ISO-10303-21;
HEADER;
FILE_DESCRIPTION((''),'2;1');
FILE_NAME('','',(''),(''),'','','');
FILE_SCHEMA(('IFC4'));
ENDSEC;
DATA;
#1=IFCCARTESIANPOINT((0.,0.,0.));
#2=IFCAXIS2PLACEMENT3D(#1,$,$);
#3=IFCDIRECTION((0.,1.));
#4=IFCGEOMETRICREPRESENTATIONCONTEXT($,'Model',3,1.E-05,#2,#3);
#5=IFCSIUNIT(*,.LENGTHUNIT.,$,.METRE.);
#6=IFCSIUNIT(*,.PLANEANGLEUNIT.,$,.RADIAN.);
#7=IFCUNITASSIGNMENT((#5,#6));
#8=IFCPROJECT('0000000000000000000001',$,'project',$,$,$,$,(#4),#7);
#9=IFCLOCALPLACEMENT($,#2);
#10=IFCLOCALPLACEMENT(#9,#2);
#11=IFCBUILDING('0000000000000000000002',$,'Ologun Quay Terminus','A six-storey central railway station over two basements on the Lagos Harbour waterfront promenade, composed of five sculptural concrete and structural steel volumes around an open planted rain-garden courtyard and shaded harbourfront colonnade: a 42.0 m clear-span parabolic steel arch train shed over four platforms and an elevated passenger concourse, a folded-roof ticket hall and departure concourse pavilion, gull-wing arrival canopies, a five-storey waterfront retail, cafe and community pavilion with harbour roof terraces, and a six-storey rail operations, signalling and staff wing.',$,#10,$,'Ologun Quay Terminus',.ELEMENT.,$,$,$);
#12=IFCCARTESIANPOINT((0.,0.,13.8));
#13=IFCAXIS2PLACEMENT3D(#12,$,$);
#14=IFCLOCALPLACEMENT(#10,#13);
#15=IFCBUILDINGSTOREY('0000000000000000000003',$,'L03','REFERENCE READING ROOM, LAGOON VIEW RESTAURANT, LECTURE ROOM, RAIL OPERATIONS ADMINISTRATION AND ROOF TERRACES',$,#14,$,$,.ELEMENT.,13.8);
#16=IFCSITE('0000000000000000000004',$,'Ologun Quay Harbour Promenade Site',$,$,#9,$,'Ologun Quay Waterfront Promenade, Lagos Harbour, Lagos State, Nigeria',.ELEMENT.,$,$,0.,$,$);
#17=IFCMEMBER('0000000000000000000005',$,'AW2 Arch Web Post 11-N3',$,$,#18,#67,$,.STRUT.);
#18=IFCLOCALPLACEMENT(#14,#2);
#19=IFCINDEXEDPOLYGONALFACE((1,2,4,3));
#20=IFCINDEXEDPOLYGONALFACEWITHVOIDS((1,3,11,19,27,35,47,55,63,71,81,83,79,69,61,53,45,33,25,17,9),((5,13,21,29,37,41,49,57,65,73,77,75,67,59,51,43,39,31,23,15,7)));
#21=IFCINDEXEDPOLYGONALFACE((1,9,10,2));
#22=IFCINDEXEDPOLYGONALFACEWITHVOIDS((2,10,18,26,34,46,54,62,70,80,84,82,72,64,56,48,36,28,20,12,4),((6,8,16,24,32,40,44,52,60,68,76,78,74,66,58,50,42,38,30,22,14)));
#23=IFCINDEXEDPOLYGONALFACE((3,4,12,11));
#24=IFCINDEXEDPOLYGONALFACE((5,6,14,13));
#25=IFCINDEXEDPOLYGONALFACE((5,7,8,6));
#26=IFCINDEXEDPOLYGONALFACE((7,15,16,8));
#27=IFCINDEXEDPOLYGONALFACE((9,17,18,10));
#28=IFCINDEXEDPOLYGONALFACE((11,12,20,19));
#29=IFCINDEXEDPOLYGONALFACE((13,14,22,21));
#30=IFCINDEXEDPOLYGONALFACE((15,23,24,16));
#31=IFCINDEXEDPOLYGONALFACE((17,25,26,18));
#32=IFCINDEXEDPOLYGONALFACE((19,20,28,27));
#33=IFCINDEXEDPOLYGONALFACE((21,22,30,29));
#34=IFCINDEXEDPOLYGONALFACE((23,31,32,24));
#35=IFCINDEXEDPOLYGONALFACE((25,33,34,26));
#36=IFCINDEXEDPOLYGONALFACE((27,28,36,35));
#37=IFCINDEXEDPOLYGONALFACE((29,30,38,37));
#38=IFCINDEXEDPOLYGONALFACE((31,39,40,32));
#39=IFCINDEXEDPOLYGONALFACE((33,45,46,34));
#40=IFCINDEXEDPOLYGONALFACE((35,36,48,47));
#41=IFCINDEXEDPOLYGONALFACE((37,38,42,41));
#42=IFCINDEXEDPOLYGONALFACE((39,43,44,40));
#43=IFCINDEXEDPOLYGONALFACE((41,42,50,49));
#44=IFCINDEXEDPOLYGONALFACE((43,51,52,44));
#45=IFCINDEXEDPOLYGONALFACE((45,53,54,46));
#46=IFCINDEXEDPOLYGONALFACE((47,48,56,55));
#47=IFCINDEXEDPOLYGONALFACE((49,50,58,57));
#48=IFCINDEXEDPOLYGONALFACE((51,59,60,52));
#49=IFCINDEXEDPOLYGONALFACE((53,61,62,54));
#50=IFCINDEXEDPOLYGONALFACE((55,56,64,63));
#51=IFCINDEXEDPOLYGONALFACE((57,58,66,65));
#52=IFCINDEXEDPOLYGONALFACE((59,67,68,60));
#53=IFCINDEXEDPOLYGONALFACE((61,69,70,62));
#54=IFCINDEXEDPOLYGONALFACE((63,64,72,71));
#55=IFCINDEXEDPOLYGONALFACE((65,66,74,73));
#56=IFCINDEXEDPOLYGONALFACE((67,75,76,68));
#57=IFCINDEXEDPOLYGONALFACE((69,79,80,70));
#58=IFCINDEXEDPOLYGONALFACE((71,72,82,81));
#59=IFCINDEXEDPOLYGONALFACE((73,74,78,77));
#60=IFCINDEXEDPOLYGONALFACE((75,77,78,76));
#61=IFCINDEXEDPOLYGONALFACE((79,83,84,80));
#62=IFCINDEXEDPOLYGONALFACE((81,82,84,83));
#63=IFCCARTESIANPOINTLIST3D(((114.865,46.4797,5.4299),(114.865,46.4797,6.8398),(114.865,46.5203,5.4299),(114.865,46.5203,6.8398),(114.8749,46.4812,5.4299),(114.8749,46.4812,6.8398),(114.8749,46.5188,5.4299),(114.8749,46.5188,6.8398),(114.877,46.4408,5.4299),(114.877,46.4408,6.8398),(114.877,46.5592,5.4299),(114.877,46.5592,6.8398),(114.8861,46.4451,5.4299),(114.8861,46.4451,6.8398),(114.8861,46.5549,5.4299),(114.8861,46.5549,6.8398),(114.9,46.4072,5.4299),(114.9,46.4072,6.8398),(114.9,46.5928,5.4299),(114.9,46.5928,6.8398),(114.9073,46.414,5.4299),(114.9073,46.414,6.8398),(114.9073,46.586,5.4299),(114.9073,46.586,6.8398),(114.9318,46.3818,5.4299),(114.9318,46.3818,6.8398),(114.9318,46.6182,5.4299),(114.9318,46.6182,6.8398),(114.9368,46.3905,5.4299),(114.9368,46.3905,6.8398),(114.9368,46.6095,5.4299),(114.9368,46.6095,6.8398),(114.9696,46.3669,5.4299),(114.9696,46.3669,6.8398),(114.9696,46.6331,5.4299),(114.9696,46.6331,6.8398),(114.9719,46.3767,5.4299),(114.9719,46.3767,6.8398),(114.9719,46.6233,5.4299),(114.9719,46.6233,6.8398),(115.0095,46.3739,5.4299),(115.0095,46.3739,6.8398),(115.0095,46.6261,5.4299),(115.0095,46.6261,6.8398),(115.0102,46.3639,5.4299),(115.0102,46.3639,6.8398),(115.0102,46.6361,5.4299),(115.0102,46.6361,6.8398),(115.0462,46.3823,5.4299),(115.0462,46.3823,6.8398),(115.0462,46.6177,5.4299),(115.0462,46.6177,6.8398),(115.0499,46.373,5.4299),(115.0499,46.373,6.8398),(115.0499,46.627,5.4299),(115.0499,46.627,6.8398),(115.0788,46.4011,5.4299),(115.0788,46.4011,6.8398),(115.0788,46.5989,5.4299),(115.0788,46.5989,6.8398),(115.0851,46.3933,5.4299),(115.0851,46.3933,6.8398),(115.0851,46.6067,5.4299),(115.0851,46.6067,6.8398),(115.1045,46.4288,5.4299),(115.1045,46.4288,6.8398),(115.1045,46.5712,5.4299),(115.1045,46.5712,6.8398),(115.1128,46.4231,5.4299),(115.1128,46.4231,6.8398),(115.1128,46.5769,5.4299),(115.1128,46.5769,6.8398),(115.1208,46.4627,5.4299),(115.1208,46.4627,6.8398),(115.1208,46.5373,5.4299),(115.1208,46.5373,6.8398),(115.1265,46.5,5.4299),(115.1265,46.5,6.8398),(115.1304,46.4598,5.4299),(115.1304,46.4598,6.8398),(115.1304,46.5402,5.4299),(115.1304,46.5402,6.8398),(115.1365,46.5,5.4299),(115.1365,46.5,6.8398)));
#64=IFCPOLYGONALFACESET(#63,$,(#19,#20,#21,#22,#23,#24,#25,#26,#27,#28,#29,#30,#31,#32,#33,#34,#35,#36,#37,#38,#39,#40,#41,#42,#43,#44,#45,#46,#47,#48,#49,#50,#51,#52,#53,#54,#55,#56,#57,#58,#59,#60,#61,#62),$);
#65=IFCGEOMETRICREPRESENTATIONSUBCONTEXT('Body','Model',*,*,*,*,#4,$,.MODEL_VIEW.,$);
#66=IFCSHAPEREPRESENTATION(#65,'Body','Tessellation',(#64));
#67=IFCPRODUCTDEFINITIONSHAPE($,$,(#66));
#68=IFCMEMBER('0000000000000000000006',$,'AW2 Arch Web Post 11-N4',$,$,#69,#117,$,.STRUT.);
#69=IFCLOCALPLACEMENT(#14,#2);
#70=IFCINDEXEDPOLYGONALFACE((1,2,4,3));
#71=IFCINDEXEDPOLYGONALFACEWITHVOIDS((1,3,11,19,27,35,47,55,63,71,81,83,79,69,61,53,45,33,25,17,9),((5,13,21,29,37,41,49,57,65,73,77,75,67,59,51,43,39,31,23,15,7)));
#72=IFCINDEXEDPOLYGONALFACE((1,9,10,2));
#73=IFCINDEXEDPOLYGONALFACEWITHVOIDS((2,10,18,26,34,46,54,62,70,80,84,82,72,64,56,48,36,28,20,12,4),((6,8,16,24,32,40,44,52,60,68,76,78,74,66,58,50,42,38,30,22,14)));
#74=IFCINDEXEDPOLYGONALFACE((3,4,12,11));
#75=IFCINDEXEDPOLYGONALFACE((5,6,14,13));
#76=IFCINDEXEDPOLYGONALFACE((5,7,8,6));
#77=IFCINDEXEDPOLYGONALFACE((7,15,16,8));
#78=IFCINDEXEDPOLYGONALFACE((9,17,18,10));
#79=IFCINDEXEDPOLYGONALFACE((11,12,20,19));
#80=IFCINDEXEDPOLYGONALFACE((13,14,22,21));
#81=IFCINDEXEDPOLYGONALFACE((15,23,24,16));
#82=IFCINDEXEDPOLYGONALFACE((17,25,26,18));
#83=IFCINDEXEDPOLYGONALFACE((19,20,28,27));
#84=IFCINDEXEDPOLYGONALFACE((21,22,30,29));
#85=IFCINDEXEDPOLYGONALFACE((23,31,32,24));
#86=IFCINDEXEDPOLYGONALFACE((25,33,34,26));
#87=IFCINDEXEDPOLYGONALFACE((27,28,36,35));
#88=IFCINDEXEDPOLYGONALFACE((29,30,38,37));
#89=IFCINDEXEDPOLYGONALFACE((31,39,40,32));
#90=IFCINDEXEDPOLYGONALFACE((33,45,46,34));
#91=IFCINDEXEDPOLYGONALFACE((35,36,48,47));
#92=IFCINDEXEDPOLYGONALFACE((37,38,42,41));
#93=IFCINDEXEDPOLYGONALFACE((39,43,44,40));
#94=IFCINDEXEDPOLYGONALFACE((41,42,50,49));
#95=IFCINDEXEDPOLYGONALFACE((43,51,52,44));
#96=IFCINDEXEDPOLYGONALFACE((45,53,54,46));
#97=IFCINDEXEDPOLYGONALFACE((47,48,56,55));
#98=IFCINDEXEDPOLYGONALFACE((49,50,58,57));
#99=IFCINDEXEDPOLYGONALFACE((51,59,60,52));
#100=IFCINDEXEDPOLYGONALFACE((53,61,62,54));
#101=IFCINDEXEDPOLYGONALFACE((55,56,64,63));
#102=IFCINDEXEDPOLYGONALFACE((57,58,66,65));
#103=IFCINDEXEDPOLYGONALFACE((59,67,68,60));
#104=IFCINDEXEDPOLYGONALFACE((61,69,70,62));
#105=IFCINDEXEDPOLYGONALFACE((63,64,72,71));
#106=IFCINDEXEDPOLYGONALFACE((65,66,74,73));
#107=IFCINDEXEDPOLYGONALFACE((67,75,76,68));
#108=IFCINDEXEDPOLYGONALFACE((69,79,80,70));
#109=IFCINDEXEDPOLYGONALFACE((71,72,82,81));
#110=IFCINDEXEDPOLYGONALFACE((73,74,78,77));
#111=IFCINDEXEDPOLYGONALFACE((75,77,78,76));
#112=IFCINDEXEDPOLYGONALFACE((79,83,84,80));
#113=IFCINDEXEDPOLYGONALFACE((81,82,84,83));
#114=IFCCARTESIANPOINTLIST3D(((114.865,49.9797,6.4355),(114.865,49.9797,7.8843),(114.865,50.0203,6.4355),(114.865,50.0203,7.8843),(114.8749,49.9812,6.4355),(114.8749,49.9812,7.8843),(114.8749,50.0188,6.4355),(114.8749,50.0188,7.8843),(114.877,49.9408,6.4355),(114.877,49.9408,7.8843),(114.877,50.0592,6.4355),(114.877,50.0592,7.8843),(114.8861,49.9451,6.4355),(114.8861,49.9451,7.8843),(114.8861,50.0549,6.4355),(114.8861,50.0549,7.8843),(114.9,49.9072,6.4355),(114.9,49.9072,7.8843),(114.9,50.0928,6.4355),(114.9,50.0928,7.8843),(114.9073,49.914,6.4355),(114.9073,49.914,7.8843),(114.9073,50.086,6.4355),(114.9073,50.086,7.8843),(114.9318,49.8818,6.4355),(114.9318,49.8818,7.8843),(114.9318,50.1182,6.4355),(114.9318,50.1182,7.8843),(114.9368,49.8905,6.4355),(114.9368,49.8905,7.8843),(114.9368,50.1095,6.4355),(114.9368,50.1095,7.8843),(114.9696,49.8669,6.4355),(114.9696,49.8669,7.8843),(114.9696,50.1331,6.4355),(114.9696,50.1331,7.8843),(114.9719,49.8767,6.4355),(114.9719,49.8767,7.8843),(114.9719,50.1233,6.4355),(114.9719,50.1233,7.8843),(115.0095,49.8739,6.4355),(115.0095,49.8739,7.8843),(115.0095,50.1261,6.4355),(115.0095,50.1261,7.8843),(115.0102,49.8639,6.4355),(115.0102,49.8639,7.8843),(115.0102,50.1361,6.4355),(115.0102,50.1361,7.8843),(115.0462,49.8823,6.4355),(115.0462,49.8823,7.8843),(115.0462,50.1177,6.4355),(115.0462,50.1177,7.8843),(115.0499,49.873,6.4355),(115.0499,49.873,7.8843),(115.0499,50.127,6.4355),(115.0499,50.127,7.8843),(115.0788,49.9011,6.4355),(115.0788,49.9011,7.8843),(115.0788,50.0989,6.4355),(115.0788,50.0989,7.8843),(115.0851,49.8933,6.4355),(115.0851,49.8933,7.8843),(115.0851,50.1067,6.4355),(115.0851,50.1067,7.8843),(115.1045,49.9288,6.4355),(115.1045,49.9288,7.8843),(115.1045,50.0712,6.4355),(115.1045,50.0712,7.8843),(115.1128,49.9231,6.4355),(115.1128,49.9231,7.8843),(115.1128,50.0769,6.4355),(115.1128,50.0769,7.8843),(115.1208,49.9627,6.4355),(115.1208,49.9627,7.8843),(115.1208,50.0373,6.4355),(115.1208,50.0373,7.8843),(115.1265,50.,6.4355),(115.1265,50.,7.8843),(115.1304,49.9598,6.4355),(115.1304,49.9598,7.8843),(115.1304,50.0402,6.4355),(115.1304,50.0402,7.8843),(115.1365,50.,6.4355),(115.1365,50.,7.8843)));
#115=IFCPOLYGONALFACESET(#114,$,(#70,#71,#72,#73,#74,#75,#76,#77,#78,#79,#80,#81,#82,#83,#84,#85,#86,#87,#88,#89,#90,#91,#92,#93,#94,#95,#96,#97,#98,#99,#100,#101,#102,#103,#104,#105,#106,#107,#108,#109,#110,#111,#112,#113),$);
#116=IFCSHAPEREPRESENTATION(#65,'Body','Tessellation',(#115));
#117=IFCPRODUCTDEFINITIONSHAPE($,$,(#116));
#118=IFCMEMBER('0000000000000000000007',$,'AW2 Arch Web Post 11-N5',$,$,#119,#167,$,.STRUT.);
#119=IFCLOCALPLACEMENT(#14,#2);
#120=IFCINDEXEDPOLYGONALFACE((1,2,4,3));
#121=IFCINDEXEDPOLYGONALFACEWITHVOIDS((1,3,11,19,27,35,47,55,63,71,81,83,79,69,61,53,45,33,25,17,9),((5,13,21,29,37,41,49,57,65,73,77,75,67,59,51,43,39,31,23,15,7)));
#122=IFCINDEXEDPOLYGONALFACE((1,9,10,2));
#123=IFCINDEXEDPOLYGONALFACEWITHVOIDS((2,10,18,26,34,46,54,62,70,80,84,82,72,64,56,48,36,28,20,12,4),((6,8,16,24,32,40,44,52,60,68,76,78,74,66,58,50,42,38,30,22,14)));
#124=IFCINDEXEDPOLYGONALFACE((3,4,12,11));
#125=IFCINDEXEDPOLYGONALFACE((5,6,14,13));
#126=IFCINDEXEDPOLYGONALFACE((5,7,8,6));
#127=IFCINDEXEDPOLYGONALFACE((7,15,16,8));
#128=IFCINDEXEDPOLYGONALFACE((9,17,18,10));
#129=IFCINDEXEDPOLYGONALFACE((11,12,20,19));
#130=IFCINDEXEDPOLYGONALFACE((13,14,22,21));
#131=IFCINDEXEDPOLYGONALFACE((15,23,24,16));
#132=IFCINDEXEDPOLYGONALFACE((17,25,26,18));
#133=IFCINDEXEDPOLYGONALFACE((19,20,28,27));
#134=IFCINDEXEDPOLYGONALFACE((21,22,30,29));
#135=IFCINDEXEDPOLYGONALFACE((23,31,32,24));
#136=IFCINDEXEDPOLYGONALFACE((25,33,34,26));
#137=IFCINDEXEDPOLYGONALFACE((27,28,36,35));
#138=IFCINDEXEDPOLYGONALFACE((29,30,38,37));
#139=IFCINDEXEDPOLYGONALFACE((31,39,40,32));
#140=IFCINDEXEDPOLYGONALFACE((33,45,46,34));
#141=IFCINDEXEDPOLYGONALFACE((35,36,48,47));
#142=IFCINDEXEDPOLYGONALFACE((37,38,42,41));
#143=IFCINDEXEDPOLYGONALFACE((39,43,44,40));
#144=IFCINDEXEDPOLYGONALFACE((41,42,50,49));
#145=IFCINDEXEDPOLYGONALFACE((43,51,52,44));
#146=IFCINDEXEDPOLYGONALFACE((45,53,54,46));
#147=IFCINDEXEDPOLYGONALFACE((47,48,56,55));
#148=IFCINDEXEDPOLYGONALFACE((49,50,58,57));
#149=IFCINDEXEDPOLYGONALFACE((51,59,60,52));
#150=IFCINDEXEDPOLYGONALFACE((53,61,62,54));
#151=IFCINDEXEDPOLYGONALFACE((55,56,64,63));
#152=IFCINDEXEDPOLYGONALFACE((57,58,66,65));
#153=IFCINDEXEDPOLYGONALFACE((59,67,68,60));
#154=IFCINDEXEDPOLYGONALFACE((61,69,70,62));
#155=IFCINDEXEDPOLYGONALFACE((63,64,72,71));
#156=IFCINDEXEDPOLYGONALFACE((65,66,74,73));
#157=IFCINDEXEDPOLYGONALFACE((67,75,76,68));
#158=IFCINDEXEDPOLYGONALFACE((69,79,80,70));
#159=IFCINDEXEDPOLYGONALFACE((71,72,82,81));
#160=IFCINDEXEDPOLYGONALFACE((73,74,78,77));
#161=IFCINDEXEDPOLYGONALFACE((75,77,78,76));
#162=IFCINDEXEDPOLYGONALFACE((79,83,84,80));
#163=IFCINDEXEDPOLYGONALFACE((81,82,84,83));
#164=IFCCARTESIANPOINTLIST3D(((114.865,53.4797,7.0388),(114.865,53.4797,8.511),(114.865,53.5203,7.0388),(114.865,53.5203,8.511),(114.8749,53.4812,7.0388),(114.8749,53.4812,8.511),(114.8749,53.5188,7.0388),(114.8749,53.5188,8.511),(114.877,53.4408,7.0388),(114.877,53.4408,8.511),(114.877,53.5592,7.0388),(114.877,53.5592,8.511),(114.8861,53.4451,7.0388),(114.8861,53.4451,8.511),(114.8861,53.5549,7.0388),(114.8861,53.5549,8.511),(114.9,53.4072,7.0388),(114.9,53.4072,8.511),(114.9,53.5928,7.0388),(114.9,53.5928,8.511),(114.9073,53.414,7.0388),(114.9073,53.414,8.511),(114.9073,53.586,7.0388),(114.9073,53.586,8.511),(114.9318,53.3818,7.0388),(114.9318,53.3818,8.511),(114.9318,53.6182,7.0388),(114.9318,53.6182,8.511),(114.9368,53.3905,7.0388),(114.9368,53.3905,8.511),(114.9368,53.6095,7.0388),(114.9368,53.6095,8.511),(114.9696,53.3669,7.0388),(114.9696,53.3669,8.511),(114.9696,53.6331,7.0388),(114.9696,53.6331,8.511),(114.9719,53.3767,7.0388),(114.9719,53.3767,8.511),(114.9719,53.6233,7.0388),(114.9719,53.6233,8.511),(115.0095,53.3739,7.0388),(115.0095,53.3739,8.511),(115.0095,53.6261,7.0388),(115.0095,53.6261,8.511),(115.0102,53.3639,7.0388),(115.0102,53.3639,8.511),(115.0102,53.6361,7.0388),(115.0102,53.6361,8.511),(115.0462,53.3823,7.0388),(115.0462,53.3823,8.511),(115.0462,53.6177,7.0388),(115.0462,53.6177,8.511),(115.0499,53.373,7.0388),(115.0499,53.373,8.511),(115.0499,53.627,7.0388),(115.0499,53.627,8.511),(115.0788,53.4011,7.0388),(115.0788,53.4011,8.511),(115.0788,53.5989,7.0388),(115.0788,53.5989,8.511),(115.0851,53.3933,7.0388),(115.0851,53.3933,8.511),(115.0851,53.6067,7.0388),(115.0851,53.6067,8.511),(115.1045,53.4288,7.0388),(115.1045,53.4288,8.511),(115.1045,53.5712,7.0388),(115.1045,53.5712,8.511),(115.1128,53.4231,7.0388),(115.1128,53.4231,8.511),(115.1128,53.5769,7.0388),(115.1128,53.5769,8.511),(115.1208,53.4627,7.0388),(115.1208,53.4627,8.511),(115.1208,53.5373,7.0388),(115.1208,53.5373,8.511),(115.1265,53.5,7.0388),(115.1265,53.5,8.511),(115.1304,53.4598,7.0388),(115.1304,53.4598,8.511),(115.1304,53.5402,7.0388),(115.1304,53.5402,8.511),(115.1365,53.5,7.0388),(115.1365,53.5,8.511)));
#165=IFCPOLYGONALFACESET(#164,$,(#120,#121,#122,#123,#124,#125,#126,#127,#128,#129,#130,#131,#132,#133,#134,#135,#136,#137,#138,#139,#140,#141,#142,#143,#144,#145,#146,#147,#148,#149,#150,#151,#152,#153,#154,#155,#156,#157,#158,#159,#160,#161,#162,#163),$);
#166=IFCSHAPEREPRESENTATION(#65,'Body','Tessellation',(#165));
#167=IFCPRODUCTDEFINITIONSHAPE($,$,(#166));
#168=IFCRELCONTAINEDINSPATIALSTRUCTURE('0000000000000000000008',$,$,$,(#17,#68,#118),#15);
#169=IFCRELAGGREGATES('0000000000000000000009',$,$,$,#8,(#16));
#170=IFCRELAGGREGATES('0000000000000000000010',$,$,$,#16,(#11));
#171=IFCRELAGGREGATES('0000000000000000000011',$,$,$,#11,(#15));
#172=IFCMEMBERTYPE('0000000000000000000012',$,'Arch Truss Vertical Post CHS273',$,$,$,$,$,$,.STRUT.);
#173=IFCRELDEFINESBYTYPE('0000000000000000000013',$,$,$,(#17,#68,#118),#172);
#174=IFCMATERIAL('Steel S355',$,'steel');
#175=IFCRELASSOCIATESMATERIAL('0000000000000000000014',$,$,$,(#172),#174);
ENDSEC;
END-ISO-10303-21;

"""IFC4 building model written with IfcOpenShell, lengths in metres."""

from ifc_helpers import new_model, si_unit, direction, frame, origin, origin_2d, place, context, subcontext, project, spatial, hollow_circle, extrude, material, material_profile, profile_set, type_object, element, save


model = new_model("IFC4")

# Units and contexts
model_context = context("Model", 3, precision=1e-05, world=origin(), true_north=direction((0.0, 1.0)))
body_context = subcontext(model_context, "Body", "Model", "MODEL_VIEW")
ifc_project = project(units=[si_unit("LENGTHUNIT", "METRE"), si_unit("PLANEANGLEUNIT", "RADIAN")], contexts=[model_context])

# Site, building, storey
site_placement = place(None, origin())
site = spatial("IfcSite", under=ifc_project, at=site_placement, Name="Ologun Quay Harbour Promenade Site", LongName="Ologun Quay Waterfront Promenade, Lagos Harbour, Lagos State, Nigeria", CompositionType="ELEMENT", RefElevation=0.0)
building_placement = place(site_placement, origin())
building = spatial("IfcBuilding", under=site, at=building_placement, Name="Ologun Quay Terminus", Description="A six-storey central railway station over two basements on the Lagos Harbour waterfront promenade, composed of five sculptural concrete and structural steel volumes around an open planted rain-garden courtyard and shaded harbourfront colonnade: a 42.0 m clear-span parabolic steel arch train shed over four platforms and an elevated passenger concourse, a folded-roof ticket hall and departure concourse pavilion, gull-wing arrival canopies, a five-storey waterfront retail, cafe and community pavilion with harbour roof terraces, and a six-storey rail operations, signalling and staff wing.", LongName="Ologun Quay Terminus", CompositionType="ELEMENT")
storey_placement = place(building_placement, frame((0.0, 0.0, 13.8)))
storey = spatial("IfcBuildingStorey", under=building, at=storey_placement, Name="L03", Description="REFERENCE READING ROOM, LAGOON VIEW RESTAURANT, LECTURE ROOM, RAIL OPERATIONS ADMINISTRATION AND ROOF TERRACES", CompositionType="ELEMENT", Elevation=13.8)

# Members
ifc_material_1 = material(Name="Steel S355", Category="steel")
ifc_material_profile_1 = material_profile(ifc_material_1, hollow_circle(Radius=0.1365, WallThickness=0.01, at=origin_2d()), Name="CHS 273x10")
ifc_profile_set_1 = profile_set([ifc_material_profile_1], Name="Steel S355")
member_type_1 = type_object("IfcMemberType", Name="Arch Truss Vertical Post CHS273", PredefinedType="STRUT", material=ifc_profile_set_1)
member_1_placement = place(storey_placement, frame((115.0, 46.5, 5.4299), z_axis=(0.0, 0.0, 1.0), x_axis=(1.0, 0.0, 0.0)))
element("IfcMember", 1, at=member_1_placement, inside=storey, type_object=member_type_1, Name="AW2 Arch Web Post 11-N3", PredefinedType="STRUT", context=body_context, shape_type="SweptSolid", body=[
    extrude(hollow_circle(Radius=0.1365, WallThickness=0.01, at=origin_2d()), origin(), (0.0, 0.0, 1.0), 1.4099),
])
member_2_placement = place(storey_placement, frame((115.0, 50.0, 6.4355), z_axis=(0.0, 0.0, 1.0), x_axis=(1.0, 0.0, 0.0)))
element("IfcMember", 2, at=member_2_placement, inside=storey, type_object=member_type_1, Name="AW2 Arch Web Post 11-N4", PredefinedType="STRUT", context=body_context, shape_type="SweptSolid", body=[
    extrude(hollow_circle(Radius=0.1365, WallThickness=0.01, at=origin_2d()), origin(), (0.0, 0.0, 1.0), 1.4487),
])
member_3_placement = place(storey_placement, frame((115.0, 53.5, 7.0388), z_axis=(0.0, 0.0, 1.0), x_axis=(1.0, 0.0, 0.0)))
element("IfcMember", 3, at=member_3_placement, inside=storey, type_object=member_type_1, Name="AW2 Arch Web Post 11-N5", PredefinedType="STRUT", context=body_context, shape_type="SweptSolid", body=[
    extrude(hollow_circle(Radius=0.1365, WallThickness=0.01, at=origin_2d()), origin(), (0.0, 0.0, 1.0), 1.4722),
])

save(model, "model.ifc")
